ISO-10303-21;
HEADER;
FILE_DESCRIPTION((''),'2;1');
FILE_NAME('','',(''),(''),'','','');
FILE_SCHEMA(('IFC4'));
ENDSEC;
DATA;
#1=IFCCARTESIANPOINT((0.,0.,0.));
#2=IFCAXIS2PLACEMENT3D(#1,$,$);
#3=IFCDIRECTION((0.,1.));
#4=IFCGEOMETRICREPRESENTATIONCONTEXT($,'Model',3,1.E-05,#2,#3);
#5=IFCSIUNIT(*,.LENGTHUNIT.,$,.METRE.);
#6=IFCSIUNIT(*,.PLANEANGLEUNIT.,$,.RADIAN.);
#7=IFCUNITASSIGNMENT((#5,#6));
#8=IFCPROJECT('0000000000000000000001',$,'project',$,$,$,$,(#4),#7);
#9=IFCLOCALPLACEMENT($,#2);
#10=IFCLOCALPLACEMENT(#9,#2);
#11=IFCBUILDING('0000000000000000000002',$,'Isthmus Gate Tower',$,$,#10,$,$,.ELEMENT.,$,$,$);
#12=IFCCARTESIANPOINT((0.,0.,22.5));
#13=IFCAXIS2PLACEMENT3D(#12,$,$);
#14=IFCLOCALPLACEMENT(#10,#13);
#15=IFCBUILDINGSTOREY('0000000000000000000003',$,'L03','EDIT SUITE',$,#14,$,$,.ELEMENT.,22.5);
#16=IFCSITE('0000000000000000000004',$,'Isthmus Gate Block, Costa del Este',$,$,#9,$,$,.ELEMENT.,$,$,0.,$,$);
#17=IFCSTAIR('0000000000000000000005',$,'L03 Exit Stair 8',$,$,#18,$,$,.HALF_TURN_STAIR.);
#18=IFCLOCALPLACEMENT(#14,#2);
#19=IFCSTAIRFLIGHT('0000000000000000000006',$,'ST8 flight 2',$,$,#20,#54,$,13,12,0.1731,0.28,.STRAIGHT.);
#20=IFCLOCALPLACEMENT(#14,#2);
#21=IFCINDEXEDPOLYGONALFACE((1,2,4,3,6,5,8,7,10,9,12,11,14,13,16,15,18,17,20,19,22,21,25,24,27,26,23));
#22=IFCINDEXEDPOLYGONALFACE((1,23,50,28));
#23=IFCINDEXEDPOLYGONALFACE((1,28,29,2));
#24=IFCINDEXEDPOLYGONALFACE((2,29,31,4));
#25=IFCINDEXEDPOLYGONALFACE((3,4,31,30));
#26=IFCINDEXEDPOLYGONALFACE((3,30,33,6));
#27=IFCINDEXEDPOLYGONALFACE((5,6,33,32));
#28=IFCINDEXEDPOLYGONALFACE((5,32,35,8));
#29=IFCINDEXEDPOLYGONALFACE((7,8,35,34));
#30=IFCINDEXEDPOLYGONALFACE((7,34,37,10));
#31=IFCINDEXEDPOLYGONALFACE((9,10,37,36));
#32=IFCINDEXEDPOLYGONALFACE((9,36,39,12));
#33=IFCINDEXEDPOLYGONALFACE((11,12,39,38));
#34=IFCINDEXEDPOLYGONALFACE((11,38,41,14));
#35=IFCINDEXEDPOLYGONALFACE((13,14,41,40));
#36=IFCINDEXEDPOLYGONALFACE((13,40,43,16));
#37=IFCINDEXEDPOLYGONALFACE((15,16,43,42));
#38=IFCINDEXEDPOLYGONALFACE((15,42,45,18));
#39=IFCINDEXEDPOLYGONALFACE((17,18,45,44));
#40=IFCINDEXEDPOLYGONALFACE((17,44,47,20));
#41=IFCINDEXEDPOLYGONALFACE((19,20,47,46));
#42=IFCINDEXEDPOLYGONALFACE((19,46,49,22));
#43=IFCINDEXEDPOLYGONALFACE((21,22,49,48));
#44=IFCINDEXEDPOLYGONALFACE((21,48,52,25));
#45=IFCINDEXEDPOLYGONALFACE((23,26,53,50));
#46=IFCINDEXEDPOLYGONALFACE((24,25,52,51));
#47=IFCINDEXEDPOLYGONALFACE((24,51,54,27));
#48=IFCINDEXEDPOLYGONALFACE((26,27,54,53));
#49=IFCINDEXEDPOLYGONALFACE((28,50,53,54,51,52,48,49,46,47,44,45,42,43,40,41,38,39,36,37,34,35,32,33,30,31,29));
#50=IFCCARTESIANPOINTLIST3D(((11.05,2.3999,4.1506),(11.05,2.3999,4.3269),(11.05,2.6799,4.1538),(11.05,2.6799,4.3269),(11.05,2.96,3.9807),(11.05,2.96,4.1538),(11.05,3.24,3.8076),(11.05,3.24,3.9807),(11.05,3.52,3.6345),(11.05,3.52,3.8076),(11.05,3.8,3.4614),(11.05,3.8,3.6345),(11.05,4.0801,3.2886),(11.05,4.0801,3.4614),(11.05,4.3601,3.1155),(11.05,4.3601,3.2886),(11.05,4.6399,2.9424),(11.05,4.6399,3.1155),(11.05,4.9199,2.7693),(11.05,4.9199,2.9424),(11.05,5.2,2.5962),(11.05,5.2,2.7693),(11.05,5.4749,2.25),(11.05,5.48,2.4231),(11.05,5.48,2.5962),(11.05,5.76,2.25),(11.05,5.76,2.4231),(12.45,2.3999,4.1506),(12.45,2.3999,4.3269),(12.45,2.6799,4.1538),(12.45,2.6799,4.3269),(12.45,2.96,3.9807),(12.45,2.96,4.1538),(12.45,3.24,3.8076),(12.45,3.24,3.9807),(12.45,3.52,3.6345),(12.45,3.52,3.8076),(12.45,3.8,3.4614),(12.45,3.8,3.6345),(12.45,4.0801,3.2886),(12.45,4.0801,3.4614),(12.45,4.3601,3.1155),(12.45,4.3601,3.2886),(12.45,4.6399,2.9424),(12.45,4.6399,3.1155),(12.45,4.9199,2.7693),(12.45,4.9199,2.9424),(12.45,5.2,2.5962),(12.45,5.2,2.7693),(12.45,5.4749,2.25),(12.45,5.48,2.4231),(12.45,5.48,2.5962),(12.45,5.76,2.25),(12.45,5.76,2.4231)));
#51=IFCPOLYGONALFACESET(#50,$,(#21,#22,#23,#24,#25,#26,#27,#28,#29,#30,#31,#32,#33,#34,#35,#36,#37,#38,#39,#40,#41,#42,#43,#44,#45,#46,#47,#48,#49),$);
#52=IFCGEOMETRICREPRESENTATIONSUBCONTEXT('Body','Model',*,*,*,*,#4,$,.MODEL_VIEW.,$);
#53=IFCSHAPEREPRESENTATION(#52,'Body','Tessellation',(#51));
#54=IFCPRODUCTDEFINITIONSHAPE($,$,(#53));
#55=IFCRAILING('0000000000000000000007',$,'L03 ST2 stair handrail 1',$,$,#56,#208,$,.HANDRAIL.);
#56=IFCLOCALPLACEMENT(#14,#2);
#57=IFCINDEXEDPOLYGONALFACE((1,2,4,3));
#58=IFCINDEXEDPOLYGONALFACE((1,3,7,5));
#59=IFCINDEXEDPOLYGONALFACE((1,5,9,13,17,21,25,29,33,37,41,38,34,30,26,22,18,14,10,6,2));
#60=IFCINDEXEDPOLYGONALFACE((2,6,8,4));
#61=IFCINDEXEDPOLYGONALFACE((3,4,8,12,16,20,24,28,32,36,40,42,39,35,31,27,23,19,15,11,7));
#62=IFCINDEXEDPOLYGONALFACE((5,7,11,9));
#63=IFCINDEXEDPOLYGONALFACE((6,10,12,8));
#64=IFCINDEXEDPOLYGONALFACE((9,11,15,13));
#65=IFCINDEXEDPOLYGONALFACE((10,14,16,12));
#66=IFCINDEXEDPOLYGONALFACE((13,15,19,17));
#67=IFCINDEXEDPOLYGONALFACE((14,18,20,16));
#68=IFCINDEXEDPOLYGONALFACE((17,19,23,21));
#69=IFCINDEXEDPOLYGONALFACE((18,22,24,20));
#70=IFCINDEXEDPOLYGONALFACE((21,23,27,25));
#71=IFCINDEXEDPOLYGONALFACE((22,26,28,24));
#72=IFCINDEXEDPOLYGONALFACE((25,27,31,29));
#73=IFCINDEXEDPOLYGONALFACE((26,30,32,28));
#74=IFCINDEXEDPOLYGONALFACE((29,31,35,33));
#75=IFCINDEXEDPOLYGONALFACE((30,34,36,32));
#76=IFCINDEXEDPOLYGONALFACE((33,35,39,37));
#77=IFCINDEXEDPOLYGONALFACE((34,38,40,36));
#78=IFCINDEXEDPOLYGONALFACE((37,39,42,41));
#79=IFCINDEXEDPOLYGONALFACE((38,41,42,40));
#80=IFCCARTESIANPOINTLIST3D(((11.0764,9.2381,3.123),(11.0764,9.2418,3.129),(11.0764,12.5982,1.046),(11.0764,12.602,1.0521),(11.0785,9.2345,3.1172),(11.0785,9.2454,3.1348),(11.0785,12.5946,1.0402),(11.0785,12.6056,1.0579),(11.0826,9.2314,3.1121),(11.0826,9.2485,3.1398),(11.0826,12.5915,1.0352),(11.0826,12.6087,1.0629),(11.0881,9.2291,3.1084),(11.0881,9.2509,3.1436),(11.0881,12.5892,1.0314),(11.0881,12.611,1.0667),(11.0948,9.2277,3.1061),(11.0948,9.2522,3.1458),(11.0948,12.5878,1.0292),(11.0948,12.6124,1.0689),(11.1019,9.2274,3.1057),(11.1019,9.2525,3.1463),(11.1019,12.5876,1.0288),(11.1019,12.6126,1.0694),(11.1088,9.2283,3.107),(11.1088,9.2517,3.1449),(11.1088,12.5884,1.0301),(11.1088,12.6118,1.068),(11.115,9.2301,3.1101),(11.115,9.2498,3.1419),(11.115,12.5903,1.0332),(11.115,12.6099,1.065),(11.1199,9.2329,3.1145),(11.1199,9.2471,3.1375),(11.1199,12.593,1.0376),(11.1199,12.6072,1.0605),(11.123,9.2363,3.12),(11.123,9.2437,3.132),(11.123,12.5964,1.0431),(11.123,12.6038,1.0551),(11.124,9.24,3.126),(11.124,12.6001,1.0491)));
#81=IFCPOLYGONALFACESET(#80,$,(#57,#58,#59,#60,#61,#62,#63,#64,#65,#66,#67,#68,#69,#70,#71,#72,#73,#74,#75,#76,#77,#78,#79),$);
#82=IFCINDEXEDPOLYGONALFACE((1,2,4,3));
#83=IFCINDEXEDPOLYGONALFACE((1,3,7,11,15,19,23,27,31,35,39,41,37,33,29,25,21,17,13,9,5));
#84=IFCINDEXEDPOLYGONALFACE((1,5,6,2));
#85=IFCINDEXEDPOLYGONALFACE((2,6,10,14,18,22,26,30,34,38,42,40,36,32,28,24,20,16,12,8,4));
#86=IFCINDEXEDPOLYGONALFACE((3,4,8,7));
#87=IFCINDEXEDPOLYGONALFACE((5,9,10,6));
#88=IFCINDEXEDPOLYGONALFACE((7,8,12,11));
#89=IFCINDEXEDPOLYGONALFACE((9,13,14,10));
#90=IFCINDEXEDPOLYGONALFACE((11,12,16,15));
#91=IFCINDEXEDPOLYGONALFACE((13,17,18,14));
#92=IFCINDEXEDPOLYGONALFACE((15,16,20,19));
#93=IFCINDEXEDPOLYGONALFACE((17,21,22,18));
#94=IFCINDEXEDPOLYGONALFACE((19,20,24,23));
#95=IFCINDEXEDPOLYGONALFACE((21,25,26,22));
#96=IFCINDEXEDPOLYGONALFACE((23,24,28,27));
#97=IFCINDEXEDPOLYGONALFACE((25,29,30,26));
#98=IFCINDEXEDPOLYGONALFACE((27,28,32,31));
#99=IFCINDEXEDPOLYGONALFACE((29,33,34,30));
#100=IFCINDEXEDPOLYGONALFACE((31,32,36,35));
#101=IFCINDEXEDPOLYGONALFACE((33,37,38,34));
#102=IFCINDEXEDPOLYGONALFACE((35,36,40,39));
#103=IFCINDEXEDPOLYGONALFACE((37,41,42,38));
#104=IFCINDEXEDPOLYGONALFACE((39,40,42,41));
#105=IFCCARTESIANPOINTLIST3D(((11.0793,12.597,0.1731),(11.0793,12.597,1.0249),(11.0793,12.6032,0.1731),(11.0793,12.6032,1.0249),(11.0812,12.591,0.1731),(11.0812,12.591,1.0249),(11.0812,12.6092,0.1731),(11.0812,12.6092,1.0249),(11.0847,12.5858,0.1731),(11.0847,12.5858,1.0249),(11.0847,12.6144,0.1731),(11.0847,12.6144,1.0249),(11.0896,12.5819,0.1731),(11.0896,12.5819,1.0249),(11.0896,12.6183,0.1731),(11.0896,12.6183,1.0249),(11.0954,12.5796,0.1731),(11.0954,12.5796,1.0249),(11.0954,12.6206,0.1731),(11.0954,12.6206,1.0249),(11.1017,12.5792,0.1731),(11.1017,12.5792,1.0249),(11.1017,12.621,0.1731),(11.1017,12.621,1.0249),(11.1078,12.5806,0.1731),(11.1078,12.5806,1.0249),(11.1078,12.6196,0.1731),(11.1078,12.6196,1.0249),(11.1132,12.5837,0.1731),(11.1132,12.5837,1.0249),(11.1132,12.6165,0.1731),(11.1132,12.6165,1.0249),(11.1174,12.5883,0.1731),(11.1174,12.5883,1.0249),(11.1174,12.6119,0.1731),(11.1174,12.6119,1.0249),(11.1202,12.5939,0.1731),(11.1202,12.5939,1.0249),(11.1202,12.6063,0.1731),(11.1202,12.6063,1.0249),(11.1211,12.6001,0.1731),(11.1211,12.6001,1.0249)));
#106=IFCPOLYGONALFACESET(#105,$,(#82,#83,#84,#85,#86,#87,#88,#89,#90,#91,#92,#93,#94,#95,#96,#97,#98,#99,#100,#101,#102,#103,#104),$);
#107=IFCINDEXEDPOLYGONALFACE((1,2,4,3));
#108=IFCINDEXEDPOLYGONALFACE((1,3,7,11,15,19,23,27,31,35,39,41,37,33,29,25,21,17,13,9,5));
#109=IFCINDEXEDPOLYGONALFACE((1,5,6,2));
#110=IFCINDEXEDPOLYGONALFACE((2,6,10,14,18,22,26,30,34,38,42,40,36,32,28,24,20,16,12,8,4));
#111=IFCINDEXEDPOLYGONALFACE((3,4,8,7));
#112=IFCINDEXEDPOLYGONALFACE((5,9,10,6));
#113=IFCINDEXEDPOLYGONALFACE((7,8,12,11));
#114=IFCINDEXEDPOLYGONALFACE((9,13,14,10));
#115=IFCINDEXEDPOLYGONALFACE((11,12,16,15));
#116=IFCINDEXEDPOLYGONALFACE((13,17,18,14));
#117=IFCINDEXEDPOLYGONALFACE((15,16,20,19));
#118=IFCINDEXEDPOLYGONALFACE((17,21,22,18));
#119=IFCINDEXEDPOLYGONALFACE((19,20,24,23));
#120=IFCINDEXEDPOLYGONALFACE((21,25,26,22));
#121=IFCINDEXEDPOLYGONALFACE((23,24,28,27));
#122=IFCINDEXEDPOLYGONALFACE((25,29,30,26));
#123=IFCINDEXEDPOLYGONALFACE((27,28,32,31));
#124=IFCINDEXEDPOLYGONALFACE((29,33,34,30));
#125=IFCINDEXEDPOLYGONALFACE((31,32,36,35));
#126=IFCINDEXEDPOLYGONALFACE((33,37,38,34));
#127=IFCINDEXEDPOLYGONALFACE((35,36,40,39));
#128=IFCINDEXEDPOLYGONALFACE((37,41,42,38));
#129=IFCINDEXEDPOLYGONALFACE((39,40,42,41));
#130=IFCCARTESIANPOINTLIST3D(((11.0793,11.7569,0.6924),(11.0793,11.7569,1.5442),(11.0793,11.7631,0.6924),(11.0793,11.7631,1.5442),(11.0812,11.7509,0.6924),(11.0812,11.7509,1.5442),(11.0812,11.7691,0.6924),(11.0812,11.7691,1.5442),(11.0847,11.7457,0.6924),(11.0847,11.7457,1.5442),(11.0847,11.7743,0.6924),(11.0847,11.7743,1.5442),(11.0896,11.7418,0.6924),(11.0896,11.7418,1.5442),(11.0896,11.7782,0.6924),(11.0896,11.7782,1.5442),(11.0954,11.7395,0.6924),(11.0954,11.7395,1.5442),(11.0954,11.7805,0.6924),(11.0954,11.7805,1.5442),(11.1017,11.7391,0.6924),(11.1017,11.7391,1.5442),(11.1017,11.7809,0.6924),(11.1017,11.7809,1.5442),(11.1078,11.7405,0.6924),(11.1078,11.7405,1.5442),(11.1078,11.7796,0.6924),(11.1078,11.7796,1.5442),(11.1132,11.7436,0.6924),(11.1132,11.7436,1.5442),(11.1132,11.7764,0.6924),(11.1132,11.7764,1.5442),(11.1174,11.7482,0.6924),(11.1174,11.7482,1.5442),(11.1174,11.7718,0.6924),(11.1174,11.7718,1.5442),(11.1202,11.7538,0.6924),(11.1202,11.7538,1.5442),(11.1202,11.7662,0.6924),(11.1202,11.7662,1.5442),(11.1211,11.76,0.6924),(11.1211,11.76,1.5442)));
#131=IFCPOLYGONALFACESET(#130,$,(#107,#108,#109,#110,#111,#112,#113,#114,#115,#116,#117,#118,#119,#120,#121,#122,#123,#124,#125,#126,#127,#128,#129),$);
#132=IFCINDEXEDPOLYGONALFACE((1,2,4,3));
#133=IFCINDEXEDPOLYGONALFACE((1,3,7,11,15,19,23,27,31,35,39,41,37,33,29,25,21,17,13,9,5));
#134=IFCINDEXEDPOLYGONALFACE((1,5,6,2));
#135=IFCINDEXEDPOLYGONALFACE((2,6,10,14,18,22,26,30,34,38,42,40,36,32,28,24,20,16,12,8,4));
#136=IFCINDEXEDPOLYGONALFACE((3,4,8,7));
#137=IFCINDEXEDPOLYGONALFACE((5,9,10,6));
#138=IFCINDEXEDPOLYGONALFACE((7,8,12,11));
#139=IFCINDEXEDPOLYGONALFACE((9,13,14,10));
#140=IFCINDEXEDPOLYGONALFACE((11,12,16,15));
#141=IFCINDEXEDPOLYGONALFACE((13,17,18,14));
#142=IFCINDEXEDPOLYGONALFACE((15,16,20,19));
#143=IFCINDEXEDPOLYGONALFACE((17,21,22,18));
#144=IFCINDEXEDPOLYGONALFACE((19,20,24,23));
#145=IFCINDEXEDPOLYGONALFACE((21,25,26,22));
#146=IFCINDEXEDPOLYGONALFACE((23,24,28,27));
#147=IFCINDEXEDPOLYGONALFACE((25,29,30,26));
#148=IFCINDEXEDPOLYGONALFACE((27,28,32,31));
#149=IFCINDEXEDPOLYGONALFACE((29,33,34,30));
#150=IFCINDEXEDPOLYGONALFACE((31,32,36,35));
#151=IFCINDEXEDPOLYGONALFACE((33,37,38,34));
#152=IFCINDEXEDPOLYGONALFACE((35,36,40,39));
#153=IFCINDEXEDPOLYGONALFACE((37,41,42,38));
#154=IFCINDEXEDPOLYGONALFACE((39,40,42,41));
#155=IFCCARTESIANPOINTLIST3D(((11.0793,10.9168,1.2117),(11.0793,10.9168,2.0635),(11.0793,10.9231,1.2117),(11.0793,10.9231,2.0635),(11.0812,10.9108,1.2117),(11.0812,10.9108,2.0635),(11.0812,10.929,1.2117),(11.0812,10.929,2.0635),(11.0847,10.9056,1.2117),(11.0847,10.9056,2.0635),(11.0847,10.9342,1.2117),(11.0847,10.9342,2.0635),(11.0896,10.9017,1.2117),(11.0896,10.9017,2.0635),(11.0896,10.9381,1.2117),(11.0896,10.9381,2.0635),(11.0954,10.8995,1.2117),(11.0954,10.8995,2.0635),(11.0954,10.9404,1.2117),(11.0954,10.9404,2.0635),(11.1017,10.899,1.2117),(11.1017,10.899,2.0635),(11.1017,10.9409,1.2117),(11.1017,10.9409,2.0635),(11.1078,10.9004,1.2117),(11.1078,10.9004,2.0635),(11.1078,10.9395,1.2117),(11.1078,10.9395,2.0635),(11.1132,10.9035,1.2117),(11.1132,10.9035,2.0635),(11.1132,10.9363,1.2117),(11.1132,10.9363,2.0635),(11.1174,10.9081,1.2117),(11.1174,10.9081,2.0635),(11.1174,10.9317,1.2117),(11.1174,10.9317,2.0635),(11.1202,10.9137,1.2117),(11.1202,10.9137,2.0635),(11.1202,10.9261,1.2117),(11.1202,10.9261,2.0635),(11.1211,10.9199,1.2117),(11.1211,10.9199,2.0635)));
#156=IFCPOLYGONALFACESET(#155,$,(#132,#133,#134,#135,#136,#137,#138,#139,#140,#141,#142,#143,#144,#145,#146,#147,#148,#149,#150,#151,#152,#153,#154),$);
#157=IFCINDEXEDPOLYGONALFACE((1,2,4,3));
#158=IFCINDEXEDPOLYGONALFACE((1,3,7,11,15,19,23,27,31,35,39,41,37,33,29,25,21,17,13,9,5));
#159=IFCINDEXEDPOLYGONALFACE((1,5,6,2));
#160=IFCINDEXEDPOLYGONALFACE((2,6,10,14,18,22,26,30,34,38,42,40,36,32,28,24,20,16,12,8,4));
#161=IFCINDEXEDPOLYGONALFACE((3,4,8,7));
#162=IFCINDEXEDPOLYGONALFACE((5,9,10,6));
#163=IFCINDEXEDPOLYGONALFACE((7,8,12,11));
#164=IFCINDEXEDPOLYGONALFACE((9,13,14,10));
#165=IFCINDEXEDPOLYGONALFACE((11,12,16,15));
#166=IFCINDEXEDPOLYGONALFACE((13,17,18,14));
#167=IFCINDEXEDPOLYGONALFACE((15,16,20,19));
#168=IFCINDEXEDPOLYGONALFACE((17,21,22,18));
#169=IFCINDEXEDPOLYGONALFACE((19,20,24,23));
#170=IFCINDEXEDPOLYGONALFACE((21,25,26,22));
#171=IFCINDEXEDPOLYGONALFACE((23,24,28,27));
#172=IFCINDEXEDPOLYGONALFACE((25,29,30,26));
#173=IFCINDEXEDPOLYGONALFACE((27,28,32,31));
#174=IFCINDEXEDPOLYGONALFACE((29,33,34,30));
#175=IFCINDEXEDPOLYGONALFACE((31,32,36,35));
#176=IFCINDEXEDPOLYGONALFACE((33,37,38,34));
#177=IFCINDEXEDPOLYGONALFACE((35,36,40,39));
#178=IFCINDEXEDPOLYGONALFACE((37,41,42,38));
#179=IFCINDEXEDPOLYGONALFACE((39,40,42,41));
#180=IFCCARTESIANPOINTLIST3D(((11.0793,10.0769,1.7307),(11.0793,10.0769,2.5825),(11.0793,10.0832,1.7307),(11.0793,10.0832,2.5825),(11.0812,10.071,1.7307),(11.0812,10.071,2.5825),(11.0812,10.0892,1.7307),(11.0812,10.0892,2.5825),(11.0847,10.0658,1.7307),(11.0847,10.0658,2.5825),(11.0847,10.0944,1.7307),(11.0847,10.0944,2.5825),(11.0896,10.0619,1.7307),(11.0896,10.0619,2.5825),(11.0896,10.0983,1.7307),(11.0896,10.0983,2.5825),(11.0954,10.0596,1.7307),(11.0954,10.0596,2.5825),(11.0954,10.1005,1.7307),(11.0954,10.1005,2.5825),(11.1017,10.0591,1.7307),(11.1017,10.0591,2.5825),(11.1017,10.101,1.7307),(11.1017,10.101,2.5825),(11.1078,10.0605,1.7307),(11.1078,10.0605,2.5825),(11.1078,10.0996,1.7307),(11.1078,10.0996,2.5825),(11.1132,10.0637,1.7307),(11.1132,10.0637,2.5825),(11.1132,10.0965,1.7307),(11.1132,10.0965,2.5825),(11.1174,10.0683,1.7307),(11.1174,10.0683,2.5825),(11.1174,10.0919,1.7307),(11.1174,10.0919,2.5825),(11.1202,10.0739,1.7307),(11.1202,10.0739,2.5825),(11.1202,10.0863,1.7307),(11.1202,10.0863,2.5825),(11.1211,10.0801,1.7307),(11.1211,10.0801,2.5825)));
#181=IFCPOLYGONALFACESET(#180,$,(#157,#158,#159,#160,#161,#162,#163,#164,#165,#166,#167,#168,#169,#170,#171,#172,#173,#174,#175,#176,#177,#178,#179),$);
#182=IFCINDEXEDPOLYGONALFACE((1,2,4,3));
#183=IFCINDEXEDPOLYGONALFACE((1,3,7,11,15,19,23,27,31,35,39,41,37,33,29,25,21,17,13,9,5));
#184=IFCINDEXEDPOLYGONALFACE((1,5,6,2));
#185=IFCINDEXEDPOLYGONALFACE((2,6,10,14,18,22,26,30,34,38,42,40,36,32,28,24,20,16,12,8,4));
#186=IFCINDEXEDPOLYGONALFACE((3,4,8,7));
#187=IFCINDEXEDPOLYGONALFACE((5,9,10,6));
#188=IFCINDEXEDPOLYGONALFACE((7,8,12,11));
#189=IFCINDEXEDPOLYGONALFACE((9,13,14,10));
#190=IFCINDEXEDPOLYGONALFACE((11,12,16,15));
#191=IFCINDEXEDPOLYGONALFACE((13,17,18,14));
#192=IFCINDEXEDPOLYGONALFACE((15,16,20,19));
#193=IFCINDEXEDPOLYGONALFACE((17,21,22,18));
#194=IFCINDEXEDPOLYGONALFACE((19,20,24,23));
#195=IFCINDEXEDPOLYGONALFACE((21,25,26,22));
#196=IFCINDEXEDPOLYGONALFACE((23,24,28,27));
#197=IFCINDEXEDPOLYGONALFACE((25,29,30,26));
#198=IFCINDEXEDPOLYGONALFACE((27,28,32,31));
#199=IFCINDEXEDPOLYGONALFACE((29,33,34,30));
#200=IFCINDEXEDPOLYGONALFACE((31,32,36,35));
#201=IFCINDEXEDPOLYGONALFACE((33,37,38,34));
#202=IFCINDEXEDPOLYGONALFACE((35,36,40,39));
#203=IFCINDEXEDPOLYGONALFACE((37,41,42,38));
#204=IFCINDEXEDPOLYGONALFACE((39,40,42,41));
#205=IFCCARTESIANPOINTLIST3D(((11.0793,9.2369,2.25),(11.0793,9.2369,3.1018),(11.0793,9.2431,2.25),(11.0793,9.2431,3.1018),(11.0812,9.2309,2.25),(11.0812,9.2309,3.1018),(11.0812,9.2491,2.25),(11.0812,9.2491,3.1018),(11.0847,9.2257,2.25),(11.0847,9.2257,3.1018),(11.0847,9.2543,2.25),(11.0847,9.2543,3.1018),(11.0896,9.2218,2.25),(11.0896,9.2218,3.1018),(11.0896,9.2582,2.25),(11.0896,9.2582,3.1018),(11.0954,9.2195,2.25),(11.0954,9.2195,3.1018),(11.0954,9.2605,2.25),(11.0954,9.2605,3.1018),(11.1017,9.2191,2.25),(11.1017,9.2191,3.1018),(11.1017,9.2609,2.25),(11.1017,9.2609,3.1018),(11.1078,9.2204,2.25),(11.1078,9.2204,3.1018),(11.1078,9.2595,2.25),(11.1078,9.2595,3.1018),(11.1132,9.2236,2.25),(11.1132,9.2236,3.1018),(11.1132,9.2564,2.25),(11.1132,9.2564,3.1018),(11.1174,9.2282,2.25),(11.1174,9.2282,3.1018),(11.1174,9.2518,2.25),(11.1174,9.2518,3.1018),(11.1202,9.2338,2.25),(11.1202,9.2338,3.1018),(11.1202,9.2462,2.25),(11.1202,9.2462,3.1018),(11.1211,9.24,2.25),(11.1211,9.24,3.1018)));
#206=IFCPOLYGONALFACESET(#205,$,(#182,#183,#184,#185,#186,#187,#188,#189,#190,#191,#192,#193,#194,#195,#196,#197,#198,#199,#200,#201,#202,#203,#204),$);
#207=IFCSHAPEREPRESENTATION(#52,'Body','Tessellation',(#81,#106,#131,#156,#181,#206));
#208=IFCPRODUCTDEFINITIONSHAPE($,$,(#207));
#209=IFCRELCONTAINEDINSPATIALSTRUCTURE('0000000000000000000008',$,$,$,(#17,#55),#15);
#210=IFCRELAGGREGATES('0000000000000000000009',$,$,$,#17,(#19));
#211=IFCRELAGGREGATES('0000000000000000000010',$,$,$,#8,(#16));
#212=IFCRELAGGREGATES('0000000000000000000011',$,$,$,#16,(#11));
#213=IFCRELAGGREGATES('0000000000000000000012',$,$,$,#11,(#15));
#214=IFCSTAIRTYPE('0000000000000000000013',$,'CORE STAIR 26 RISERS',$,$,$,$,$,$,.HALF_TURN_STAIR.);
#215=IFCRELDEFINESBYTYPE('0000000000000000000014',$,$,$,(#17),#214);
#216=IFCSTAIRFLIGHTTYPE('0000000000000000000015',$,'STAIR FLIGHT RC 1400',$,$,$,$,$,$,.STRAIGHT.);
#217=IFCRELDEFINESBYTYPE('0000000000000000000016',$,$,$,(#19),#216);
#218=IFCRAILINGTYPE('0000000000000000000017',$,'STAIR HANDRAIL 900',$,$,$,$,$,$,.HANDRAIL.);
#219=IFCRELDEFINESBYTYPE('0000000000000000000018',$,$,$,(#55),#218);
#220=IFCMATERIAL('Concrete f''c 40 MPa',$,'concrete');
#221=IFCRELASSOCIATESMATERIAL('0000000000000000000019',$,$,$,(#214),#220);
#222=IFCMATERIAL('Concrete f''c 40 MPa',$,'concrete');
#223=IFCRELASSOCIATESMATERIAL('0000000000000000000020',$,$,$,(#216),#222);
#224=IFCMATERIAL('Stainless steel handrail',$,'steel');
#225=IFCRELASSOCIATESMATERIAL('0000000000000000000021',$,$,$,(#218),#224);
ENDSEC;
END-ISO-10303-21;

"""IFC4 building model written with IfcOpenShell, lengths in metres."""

from ifc_helpers import new_model, si_unit, direction, frame, origin, origin_2d, place, context, subcontext, project, spatial, polyline, circle, outline, extrude, material, type_object, element, aggregate, save


model = new_model("IFC4")

# Units and contexts
model_context = context("Model", 3, precision=1e-05, world=origin(), true_north=direction((0.0, 1.0)))
body_context = subcontext(model_context, "Body", "Model", "MODEL_VIEW")
ifc_project = project(units=[si_unit("LENGTHUNIT", "METRE"), si_unit("PLANEANGLEUNIT", "RADIAN")], contexts=[model_context])

# Site, building, storey
site_placement = place(None, origin())
site = spatial("IfcSite", under=ifc_project, at=site_placement, Name="Isthmus Gate Block, Costa del Este", CompositionType="ELEMENT", RefElevation=0.0)
building_placement = place(site_placement, origin())
building = spatial("IfcBuilding", under=site, at=building_placement, Name="Isthmus Gate Tower", CompositionType="ELEMENT")
storey_placement = place(building_placement, frame((0.0, 0.0, 22.5)))
storey = spatial("IfcBuildingStorey", under=building, at=storey_placement, Name="L03", Description="EDIT SUITE", CompositionType="ELEMENT", Elevation=22.5)

# Stair, stair flight
ifc_material_1 = material(Name="Concrete f'c 40 MPa", Category="concrete")
stair_type = type_object("IfcStairType", Name="CORE STAIR 26 RISERS", PredefinedType="HALF_TURN_STAIR", material=ifc_material_1)
ifc_material_2 = material(Name="Concrete f'c 40 MPa", Category="concrete")
stair_flight_type = type_object("IfcStairFlightType", Name="STAIR FLIGHT RC 1400", PredefinedType="STRAIGHT", material=ifc_material_2)
stair_1_placement = place(storey_placement, origin())
stair_1 = element("IfcStair", 1, at=stair_1_placement, inside=storey, type_object=stair_type, Name="L03 Exit Stair 8", PredefinedType="HALF_TURN_STAIR")
stair_flight_1_placement = place(storey_placement, frame((11.75, 5.76, 2.25), z_axis=(0.0, 0.0, 1.0), x_axis=(0.0, -1.0, 0.0)))
stair_flight_1 = element("IfcStairFlight", 2, at=stair_flight_1_placement, type_object=stair_flight_type, Name="ST8 flight 2", NumberOfRisers=13, NumberOfTreads=12, PredefinedType="STRAIGHT", RiserHeight=0.1731, TreadLength=0.28, context=body_context, shape_type="SweptSolid", body=[
    extrude(outline(polyline([(0.0, 0.0), (0.0, 0.1731), (0.28, 0.1731), (0.28, 0.3462), (0.5601, 0.3462), (0.5601, 0.5193), (0.8401, 0.5193), (0.8401, 0.6924), (1.1201, 0.6924), (1.1201, 0.8655), (1.3999, 0.8655), (1.3999, 1.0386), (1.6799, 1.0386), (1.6799, 1.2114), (1.96, 1.2114), (1.96, 1.3845), (2.24, 1.3845), (2.24, 1.5576), (2.52, 1.5576), (2.52, 1.7307), (2.8, 1.7307), (2.8, 1.9038), (3.0801, 1.9038), (3.0801, 2.0769), (3.3601, 2.0769), (3.3601, 2.25), (3.3601, 1.9006), (0.2852, 0.0), (0.0, 0.0)])), frame((0.0, 0.7, 0.0), z_axis=(0.0, -1.0, 0.0), x_axis=(1.0, 0.0, 0.0)), (0.0, 0.0, 1.0), 1.3999),
])
aggregate(stair_1, [stair_flight_1])

# Railing
ifc_material_3 = material(Name="Stainless steel handrail", Category="steel")
railing_type = type_object("IfcRailingType", Name="STAIR HANDRAIL 900", PredefinedType="HANDRAIL", material=ifc_material_3)
for number, where, name in (
    (3, (11.1001, 12.6001, 0.1731), "L03 ST2 stair handrail 1"),
):
    element("IfcRailing", number, at=place(storey_placement, frame(where)), inside=storey, type_object=railing_type, Name=name, PredefinedType="HANDRAIL", context=body_context, shape_type="SweptSolid", body=[
        extrude(circle(Radius=0.0239, at=origin_2d()), frame((0.0, 0.0, 0.876), z_axis=(0.0, -0.850623, 0.525776), x_axis=(1.0, 0.0, 0.0)), (0.0, 0.0, 1.0), 3.9502),
        extrude(circle(Radius=0.021, at=origin_2d()), origin(), (0.0, 0.0, 1.0), 0.8518),
        extrude(circle(Radius=0.021, at=origin_2d()), frame((0.0, -0.8401, 0.5193)), (0.0, 0.0, 1.0), 0.8518),
        extrude(circle(Radius=0.021, at=origin_2d()), frame((0.0, -1.6802, 1.0386)), (0.0, 0.0, 1.0), 0.8518),
        extrude(circle(Radius=0.021, at=origin_2d()), frame((0.0, -2.52, 1.5576)), (0.0, 0.0, 1.0), 0.8518),
        extrude(circle(Radius=0.021, at=origin_2d()), frame((0.0, -3.3601, 2.0769)), (0.0, 0.0, 1.0), 0.8518),
    ])

save(model, "model.ifc")
